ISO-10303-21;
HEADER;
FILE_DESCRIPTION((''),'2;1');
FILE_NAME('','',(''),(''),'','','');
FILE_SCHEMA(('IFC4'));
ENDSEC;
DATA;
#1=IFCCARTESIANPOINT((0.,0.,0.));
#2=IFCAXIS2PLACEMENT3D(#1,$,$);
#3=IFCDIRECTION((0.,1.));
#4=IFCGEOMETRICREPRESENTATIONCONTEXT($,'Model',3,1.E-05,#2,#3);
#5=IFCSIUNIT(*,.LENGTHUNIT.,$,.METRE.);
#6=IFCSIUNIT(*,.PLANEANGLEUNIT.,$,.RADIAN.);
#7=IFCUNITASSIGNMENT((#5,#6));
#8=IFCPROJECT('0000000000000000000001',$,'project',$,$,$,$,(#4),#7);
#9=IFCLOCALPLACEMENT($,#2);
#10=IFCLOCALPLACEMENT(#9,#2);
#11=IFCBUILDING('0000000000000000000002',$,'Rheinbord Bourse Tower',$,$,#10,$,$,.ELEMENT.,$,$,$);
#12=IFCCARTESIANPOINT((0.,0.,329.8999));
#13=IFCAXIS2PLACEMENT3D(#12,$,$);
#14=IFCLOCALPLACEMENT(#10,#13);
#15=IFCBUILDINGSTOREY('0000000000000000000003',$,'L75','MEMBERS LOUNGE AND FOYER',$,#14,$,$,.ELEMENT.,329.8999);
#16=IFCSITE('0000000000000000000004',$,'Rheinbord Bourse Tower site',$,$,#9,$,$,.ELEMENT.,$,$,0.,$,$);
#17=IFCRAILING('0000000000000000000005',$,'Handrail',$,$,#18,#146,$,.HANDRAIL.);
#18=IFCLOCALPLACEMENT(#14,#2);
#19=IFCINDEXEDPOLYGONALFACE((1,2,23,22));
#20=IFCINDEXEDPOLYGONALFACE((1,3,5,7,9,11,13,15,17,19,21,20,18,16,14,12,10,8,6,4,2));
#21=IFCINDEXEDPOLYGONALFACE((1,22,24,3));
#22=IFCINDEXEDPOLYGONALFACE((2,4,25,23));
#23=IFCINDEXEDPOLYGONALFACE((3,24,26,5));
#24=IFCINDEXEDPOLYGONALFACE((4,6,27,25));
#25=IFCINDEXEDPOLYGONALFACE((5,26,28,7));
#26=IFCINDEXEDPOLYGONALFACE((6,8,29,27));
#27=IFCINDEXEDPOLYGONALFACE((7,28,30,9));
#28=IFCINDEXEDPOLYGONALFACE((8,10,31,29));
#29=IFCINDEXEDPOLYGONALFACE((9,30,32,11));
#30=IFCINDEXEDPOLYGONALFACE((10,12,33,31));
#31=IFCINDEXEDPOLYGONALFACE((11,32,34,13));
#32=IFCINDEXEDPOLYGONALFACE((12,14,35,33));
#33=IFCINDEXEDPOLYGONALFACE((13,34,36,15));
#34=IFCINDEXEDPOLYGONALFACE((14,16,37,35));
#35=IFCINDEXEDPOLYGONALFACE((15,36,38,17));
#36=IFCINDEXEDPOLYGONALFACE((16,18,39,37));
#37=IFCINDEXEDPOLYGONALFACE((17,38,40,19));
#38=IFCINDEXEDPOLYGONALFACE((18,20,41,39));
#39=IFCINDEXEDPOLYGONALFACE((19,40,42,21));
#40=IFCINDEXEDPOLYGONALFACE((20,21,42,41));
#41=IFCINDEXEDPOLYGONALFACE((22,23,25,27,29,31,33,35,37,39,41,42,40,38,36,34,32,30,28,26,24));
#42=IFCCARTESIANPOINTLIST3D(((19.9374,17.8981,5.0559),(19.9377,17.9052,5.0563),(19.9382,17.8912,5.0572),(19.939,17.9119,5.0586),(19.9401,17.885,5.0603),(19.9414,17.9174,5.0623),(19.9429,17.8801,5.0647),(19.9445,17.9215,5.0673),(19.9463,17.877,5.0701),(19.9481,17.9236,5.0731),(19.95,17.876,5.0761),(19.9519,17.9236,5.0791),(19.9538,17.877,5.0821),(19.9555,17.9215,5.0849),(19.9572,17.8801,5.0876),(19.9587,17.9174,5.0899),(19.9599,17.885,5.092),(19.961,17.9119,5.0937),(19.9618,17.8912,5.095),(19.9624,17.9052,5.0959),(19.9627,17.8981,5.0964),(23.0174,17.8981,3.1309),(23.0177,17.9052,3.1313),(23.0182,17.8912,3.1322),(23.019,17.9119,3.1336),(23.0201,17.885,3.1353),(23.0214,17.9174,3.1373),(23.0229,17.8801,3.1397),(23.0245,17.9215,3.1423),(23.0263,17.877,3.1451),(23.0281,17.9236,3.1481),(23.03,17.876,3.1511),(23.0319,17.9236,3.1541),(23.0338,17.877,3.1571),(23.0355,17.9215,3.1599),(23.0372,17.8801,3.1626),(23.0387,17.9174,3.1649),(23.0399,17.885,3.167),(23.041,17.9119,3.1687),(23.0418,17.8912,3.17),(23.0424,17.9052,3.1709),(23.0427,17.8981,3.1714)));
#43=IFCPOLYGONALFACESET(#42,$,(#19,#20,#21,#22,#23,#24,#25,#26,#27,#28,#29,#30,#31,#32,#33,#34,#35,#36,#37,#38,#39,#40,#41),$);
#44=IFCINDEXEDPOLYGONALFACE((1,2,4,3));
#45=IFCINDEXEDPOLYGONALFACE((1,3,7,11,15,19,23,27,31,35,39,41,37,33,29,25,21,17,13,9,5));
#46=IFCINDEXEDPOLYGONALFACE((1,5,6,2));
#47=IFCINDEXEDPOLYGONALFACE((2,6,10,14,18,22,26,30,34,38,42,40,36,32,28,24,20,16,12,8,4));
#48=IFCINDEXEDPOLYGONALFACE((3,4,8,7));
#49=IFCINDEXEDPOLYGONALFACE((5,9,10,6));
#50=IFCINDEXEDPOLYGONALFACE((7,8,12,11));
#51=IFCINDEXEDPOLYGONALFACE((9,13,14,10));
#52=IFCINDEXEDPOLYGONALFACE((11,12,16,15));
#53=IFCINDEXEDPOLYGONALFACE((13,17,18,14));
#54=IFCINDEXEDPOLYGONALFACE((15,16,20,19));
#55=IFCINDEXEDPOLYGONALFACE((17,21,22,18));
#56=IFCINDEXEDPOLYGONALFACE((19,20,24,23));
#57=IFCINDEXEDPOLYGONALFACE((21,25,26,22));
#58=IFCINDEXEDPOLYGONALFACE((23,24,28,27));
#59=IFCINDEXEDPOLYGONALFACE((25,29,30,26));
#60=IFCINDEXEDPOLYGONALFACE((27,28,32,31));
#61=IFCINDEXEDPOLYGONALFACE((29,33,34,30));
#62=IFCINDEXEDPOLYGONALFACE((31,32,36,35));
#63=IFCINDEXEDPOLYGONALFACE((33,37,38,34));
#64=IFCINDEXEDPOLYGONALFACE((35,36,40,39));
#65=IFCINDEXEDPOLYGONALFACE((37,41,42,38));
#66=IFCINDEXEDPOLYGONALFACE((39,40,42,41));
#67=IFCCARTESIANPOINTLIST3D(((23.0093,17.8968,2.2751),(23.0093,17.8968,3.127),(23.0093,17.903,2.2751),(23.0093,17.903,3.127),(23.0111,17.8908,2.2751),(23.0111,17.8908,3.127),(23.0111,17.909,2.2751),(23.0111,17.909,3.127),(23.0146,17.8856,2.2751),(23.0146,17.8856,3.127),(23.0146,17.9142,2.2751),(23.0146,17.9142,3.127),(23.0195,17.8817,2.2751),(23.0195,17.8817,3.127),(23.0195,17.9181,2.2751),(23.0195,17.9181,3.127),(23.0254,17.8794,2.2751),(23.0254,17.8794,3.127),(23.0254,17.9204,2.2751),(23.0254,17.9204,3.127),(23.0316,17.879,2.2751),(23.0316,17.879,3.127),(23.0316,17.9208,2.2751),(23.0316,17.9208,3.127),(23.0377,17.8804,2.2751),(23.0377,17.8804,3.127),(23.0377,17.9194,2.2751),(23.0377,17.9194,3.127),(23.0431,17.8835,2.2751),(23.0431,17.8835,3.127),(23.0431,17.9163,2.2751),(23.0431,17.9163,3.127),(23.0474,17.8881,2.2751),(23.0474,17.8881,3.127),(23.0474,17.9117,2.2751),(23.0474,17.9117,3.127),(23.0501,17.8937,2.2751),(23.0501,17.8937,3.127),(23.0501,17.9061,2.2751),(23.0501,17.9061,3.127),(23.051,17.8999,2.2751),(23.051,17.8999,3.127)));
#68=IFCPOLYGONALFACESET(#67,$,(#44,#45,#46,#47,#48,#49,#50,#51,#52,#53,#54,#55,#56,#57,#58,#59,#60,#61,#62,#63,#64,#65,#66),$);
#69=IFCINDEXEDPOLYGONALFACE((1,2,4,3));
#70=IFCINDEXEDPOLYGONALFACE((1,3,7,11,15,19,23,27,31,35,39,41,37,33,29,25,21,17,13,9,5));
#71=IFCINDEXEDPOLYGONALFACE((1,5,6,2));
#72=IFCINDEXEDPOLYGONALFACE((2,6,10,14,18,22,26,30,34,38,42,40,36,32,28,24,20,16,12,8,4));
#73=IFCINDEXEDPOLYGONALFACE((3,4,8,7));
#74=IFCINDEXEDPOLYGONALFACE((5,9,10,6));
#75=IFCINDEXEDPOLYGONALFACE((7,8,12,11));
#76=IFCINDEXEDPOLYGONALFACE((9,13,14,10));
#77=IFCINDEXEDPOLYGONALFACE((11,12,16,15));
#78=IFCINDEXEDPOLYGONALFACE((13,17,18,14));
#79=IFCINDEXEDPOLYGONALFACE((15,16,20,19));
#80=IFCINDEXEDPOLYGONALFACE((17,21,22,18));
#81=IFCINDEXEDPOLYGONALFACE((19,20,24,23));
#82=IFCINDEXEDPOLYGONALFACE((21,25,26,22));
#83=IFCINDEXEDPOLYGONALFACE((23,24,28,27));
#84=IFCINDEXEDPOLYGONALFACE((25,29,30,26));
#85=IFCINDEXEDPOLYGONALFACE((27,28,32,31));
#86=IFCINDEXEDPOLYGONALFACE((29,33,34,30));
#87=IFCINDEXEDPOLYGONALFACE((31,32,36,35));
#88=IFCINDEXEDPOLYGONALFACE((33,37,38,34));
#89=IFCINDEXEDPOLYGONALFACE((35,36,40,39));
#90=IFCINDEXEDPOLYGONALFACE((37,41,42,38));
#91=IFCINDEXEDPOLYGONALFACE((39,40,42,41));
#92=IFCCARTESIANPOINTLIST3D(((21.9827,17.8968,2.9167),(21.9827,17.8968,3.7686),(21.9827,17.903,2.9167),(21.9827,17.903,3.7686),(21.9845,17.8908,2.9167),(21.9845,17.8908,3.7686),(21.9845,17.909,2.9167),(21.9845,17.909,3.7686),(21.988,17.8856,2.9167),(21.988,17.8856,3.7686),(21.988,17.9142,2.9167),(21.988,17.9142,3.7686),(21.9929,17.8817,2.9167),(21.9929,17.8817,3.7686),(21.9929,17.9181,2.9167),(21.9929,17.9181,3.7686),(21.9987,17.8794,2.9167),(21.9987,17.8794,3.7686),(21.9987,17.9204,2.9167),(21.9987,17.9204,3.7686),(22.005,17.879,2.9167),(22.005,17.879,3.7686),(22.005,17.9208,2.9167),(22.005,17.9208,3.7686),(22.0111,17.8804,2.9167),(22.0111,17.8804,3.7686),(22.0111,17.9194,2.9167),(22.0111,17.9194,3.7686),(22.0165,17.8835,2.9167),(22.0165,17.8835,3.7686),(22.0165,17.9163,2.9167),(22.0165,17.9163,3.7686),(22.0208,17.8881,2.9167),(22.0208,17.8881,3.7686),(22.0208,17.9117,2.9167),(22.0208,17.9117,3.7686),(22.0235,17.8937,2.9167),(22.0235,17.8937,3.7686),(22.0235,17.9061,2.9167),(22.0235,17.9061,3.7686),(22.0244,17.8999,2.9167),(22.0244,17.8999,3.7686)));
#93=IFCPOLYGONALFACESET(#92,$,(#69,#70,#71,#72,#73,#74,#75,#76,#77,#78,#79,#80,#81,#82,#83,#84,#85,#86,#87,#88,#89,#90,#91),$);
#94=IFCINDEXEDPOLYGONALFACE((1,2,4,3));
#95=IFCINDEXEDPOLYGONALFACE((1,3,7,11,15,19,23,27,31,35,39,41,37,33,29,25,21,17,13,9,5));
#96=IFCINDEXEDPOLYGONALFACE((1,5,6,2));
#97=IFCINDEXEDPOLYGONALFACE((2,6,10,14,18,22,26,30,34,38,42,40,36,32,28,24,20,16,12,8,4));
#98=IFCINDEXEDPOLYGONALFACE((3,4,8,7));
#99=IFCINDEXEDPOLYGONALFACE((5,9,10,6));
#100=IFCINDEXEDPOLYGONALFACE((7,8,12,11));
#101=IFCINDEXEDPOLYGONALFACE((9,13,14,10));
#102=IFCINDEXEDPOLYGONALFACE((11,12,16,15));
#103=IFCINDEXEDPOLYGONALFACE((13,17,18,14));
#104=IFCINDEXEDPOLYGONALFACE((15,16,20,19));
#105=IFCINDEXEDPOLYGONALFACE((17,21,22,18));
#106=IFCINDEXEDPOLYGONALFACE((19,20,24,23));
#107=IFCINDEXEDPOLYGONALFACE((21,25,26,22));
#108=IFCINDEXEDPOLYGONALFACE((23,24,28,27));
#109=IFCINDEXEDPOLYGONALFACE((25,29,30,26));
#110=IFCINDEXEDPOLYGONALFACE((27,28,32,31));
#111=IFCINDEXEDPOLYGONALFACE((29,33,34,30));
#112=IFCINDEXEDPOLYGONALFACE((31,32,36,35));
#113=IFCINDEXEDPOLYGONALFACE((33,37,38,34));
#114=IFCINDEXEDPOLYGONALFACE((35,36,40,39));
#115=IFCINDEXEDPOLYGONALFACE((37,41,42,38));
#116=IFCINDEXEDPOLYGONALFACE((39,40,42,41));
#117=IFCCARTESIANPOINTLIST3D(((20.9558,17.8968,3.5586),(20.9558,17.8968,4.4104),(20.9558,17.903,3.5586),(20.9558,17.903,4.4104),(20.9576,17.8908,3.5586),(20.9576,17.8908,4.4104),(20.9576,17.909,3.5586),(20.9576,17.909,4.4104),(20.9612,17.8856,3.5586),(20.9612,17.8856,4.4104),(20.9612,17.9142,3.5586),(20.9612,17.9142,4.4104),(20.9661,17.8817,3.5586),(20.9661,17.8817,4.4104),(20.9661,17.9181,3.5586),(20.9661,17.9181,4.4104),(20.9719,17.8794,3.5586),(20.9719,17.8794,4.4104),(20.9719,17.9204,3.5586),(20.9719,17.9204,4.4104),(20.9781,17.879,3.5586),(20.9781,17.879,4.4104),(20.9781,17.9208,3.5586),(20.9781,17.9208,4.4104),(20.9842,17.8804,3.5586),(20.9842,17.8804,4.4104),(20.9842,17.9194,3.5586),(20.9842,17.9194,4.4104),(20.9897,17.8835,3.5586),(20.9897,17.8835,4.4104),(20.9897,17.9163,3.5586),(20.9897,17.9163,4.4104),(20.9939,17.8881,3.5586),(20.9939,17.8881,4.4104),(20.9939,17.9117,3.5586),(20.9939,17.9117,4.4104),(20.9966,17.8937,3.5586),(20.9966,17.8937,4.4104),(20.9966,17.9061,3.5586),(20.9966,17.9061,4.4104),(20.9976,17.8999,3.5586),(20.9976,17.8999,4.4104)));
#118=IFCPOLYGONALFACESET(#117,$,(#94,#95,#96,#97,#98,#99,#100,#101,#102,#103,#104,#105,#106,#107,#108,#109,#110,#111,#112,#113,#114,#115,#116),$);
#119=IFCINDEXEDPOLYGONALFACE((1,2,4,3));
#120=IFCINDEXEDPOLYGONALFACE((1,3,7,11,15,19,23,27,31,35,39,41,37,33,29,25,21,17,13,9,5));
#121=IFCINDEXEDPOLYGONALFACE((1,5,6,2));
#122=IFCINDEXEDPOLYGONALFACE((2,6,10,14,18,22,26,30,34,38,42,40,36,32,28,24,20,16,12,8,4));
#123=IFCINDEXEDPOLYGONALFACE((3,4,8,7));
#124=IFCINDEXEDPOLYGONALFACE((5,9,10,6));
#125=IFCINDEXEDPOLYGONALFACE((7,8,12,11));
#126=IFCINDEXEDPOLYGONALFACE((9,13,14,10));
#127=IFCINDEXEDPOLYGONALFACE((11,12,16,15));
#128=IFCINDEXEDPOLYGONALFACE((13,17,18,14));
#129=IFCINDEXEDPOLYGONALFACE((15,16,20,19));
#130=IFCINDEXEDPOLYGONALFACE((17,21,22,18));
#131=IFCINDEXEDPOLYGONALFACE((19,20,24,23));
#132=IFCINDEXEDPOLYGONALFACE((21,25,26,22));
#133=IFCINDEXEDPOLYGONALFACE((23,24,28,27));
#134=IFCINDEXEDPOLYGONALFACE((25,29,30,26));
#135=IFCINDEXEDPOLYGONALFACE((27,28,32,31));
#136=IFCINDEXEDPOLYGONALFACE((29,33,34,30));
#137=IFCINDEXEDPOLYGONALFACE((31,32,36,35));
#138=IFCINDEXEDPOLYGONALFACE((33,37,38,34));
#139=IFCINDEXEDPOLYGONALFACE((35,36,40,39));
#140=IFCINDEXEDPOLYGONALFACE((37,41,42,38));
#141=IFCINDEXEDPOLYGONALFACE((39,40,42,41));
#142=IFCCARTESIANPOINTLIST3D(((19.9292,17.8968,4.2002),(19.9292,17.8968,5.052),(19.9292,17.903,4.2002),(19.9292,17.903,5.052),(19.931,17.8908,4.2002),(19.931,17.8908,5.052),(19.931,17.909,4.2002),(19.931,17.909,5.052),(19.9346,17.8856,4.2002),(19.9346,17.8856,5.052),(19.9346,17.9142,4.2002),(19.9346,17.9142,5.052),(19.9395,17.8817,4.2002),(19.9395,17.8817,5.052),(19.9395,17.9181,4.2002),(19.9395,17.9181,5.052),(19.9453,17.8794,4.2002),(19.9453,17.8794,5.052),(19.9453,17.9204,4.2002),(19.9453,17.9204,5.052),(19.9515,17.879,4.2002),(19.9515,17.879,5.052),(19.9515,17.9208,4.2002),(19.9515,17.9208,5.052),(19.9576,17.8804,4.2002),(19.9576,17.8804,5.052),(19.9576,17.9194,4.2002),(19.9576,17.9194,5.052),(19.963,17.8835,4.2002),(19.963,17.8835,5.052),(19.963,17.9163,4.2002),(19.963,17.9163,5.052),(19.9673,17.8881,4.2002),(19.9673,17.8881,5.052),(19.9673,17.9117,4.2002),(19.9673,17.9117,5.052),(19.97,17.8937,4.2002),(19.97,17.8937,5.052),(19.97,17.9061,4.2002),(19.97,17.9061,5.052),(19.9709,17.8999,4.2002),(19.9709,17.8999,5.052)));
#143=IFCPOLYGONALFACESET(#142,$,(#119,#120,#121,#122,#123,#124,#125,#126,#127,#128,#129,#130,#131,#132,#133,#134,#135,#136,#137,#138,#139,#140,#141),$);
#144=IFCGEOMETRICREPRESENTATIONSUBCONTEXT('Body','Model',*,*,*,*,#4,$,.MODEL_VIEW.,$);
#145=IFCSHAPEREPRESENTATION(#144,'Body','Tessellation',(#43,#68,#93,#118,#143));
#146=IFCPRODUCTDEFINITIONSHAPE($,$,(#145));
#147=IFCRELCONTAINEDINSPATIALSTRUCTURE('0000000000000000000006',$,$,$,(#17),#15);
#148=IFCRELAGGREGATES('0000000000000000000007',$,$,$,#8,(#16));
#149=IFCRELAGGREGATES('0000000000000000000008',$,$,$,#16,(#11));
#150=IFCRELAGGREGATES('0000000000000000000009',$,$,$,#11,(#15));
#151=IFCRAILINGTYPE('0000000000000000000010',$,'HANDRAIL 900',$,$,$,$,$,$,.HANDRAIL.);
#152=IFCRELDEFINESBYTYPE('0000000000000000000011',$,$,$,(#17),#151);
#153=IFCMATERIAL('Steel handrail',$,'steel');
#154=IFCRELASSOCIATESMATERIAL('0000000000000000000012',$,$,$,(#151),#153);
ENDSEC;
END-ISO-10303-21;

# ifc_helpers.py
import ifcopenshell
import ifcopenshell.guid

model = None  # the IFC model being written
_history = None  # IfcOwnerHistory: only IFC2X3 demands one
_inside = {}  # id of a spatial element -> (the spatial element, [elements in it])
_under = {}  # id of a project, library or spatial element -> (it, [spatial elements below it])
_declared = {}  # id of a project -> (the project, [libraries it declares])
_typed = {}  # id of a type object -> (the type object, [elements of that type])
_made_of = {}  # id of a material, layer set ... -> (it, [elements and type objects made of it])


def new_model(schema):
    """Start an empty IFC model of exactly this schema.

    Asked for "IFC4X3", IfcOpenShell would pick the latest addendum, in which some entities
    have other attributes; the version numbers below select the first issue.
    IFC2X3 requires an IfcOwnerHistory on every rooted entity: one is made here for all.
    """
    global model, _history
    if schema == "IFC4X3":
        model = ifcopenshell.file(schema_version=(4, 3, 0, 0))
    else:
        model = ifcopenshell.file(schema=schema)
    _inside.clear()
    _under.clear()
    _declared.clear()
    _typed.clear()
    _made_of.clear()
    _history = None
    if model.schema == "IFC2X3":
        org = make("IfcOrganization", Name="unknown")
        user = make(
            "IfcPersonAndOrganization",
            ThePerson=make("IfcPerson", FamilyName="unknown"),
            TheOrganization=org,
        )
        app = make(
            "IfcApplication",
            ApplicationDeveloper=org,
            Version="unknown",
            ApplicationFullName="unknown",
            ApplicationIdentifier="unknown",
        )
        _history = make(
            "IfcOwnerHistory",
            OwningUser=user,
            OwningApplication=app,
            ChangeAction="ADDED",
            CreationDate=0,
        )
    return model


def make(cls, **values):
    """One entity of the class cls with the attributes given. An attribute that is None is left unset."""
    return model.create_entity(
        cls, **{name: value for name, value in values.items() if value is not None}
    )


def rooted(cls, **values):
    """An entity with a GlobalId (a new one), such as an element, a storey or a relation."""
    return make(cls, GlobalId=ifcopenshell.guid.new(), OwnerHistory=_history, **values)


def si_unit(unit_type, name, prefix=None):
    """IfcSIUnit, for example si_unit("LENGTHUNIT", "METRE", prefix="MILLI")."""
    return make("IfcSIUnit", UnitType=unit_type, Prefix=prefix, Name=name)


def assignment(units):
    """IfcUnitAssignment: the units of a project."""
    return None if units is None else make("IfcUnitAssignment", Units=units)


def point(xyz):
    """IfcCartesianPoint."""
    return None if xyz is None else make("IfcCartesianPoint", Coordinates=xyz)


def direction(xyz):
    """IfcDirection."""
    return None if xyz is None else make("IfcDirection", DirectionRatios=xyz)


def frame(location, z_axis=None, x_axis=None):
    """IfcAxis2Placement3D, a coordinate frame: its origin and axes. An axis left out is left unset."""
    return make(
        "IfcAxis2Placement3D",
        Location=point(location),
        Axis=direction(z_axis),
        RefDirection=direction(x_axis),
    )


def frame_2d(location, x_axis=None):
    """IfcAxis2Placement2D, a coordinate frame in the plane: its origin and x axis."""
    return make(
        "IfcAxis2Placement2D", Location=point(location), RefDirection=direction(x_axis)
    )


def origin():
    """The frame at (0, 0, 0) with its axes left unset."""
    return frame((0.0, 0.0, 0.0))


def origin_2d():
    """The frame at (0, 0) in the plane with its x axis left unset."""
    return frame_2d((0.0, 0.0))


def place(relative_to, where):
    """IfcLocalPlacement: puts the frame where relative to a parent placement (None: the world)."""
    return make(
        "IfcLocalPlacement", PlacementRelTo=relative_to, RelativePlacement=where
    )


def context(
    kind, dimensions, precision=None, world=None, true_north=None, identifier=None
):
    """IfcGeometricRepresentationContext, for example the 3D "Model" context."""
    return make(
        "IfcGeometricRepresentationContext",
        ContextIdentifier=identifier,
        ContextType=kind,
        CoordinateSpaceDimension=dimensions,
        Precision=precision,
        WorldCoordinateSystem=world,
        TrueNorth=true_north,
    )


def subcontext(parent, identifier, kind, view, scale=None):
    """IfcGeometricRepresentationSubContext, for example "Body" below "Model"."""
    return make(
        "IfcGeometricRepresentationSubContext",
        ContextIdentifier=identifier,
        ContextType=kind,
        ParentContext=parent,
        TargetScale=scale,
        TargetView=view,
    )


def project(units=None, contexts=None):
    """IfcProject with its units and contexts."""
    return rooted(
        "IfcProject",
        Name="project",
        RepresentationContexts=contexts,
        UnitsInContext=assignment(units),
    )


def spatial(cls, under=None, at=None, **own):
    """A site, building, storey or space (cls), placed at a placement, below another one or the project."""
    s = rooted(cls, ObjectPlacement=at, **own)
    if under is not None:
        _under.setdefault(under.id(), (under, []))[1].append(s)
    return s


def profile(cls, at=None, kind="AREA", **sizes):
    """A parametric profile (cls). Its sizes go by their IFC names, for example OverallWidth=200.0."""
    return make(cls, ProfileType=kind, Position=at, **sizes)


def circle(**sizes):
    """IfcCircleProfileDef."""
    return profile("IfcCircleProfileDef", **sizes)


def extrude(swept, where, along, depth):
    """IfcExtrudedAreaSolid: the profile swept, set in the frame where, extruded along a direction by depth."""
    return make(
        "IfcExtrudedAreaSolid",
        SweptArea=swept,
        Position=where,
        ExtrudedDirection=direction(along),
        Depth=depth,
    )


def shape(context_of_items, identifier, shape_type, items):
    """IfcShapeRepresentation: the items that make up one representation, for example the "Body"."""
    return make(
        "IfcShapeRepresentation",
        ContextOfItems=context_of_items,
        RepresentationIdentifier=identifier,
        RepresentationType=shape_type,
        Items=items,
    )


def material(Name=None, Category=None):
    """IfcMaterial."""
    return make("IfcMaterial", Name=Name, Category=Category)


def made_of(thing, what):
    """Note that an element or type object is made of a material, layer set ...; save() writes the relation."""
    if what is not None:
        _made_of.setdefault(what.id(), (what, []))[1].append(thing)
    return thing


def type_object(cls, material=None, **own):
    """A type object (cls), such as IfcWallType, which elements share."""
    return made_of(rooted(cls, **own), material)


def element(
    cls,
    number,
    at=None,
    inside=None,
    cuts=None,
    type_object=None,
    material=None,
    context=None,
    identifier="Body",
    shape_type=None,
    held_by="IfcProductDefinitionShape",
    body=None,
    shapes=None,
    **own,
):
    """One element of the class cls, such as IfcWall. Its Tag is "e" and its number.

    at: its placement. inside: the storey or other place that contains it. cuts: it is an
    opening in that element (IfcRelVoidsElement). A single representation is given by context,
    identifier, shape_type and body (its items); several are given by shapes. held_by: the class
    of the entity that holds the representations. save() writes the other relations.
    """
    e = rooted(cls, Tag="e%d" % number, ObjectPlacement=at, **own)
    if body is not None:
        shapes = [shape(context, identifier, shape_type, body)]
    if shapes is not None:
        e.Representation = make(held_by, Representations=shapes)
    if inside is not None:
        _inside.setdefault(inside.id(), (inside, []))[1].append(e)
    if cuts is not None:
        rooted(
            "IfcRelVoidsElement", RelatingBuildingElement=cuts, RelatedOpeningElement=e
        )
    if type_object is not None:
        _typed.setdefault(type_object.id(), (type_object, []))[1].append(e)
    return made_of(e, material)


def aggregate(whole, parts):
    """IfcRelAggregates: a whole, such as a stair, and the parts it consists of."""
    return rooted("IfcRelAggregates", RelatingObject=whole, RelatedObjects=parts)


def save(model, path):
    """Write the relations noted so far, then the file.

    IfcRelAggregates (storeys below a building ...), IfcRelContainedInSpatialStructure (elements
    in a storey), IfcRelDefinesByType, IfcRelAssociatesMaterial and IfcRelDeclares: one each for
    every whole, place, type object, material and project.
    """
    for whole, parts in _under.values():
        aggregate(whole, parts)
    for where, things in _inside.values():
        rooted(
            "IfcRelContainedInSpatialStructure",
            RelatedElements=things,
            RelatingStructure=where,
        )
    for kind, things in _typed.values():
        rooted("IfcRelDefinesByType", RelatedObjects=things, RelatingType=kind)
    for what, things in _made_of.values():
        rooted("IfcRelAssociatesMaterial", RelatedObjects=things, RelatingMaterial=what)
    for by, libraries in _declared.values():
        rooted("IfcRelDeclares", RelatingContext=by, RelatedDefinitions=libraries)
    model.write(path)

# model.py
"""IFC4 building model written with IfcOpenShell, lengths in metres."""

from ifc_helpers import new_model, si_unit, direction, frame, origin, origin_2d, place, context, subcontext, project, spatial, circle, extrude, material, type_object, element, save


model = new_model("IFC4")

# Units and contexts
model_context = context("Model", 3, precision=1e-05, world=origin(), true_north=direction((0.0, 1.0)))
body_context = subcontext(model_context, "Body", "Model", "MODEL_VIEW")
ifc_project = project(units=[si_unit("LENGTHUNIT", "METRE"), si_unit("PLANEANGLEUNIT", "RADIAN")], contexts=[model_context])

# Site, building, storey
site_placement = place(None, origin())
site = spatial("IfcSite", under=ifc_project, at=site_placement, Name="Rheinbord Bourse Tower site", CompositionType="ELEMENT", RefElevation=0.0)
building_placement = place(site_placement, origin())
building = spatial("IfcBuilding", under=site, at=building_placement, Name="Rheinbord Bourse Tower", CompositionType="ELEMENT")
storey_placement = place(building_placement, frame((0.0, 0.0, 329.8999)))
storey = spatial("IfcBuildingStorey", under=building, at=storey_placement, Name="L75", Description="MEMBERS LOUNGE AND FOYER", CompositionType="ELEMENT", Elevation=329.8999)

# Railing
ifc_material_1 = material(Name="Steel handrail", Category="steel")
railing_type = type_object("IfcRailingType", Name="HANDRAIL 900", PredefinedType="HANDRAIL", material=ifc_material_1)
railing_1_placement = place(storey_placement, frame((23.03, 17.8999, 2.2751)))
element("IfcRailing", 1, at=railing_1_placement, inside=storey, type_object=railing_type, Name="Handrail", PredefinedType="HANDRAIL", context=body_context, shape_type="SweptSolid", body=[
    extrude(circle(Radius=0.0239, at=origin_2d()), frame((0.0, 0.0, 0.876), z_axis=(-0.847998, 0.0, 0.529999), x_axis=(0.0, -1.0, 0.0)), (0.0, 0.0, 1.0), 3.6321),
    extrude(circle(Radius=0.021, at=origin_2d()), origin(), (0.0, 0.0, 1.0), 0.8518),
    extrude(circle(Radius=0.021, at=origin_2d()), frame((-1.0266, 0.0, 0.6416)), (0.0, 0.0, 1.0), 0.8518),
    extrude(circle(Radius=0.021, at=origin_2d()), frame((-2.0535, 0.0, 1.2834)), (0.0, 0.0, 1.0), 0.8518),
    extrude(circle(Radius=0.021, at=origin_2d()), frame((-3.0801, 0.0, 1.925)), (0.0, 0.0, 1.0), 0.8518),
])

save(model, "model.ifc")
